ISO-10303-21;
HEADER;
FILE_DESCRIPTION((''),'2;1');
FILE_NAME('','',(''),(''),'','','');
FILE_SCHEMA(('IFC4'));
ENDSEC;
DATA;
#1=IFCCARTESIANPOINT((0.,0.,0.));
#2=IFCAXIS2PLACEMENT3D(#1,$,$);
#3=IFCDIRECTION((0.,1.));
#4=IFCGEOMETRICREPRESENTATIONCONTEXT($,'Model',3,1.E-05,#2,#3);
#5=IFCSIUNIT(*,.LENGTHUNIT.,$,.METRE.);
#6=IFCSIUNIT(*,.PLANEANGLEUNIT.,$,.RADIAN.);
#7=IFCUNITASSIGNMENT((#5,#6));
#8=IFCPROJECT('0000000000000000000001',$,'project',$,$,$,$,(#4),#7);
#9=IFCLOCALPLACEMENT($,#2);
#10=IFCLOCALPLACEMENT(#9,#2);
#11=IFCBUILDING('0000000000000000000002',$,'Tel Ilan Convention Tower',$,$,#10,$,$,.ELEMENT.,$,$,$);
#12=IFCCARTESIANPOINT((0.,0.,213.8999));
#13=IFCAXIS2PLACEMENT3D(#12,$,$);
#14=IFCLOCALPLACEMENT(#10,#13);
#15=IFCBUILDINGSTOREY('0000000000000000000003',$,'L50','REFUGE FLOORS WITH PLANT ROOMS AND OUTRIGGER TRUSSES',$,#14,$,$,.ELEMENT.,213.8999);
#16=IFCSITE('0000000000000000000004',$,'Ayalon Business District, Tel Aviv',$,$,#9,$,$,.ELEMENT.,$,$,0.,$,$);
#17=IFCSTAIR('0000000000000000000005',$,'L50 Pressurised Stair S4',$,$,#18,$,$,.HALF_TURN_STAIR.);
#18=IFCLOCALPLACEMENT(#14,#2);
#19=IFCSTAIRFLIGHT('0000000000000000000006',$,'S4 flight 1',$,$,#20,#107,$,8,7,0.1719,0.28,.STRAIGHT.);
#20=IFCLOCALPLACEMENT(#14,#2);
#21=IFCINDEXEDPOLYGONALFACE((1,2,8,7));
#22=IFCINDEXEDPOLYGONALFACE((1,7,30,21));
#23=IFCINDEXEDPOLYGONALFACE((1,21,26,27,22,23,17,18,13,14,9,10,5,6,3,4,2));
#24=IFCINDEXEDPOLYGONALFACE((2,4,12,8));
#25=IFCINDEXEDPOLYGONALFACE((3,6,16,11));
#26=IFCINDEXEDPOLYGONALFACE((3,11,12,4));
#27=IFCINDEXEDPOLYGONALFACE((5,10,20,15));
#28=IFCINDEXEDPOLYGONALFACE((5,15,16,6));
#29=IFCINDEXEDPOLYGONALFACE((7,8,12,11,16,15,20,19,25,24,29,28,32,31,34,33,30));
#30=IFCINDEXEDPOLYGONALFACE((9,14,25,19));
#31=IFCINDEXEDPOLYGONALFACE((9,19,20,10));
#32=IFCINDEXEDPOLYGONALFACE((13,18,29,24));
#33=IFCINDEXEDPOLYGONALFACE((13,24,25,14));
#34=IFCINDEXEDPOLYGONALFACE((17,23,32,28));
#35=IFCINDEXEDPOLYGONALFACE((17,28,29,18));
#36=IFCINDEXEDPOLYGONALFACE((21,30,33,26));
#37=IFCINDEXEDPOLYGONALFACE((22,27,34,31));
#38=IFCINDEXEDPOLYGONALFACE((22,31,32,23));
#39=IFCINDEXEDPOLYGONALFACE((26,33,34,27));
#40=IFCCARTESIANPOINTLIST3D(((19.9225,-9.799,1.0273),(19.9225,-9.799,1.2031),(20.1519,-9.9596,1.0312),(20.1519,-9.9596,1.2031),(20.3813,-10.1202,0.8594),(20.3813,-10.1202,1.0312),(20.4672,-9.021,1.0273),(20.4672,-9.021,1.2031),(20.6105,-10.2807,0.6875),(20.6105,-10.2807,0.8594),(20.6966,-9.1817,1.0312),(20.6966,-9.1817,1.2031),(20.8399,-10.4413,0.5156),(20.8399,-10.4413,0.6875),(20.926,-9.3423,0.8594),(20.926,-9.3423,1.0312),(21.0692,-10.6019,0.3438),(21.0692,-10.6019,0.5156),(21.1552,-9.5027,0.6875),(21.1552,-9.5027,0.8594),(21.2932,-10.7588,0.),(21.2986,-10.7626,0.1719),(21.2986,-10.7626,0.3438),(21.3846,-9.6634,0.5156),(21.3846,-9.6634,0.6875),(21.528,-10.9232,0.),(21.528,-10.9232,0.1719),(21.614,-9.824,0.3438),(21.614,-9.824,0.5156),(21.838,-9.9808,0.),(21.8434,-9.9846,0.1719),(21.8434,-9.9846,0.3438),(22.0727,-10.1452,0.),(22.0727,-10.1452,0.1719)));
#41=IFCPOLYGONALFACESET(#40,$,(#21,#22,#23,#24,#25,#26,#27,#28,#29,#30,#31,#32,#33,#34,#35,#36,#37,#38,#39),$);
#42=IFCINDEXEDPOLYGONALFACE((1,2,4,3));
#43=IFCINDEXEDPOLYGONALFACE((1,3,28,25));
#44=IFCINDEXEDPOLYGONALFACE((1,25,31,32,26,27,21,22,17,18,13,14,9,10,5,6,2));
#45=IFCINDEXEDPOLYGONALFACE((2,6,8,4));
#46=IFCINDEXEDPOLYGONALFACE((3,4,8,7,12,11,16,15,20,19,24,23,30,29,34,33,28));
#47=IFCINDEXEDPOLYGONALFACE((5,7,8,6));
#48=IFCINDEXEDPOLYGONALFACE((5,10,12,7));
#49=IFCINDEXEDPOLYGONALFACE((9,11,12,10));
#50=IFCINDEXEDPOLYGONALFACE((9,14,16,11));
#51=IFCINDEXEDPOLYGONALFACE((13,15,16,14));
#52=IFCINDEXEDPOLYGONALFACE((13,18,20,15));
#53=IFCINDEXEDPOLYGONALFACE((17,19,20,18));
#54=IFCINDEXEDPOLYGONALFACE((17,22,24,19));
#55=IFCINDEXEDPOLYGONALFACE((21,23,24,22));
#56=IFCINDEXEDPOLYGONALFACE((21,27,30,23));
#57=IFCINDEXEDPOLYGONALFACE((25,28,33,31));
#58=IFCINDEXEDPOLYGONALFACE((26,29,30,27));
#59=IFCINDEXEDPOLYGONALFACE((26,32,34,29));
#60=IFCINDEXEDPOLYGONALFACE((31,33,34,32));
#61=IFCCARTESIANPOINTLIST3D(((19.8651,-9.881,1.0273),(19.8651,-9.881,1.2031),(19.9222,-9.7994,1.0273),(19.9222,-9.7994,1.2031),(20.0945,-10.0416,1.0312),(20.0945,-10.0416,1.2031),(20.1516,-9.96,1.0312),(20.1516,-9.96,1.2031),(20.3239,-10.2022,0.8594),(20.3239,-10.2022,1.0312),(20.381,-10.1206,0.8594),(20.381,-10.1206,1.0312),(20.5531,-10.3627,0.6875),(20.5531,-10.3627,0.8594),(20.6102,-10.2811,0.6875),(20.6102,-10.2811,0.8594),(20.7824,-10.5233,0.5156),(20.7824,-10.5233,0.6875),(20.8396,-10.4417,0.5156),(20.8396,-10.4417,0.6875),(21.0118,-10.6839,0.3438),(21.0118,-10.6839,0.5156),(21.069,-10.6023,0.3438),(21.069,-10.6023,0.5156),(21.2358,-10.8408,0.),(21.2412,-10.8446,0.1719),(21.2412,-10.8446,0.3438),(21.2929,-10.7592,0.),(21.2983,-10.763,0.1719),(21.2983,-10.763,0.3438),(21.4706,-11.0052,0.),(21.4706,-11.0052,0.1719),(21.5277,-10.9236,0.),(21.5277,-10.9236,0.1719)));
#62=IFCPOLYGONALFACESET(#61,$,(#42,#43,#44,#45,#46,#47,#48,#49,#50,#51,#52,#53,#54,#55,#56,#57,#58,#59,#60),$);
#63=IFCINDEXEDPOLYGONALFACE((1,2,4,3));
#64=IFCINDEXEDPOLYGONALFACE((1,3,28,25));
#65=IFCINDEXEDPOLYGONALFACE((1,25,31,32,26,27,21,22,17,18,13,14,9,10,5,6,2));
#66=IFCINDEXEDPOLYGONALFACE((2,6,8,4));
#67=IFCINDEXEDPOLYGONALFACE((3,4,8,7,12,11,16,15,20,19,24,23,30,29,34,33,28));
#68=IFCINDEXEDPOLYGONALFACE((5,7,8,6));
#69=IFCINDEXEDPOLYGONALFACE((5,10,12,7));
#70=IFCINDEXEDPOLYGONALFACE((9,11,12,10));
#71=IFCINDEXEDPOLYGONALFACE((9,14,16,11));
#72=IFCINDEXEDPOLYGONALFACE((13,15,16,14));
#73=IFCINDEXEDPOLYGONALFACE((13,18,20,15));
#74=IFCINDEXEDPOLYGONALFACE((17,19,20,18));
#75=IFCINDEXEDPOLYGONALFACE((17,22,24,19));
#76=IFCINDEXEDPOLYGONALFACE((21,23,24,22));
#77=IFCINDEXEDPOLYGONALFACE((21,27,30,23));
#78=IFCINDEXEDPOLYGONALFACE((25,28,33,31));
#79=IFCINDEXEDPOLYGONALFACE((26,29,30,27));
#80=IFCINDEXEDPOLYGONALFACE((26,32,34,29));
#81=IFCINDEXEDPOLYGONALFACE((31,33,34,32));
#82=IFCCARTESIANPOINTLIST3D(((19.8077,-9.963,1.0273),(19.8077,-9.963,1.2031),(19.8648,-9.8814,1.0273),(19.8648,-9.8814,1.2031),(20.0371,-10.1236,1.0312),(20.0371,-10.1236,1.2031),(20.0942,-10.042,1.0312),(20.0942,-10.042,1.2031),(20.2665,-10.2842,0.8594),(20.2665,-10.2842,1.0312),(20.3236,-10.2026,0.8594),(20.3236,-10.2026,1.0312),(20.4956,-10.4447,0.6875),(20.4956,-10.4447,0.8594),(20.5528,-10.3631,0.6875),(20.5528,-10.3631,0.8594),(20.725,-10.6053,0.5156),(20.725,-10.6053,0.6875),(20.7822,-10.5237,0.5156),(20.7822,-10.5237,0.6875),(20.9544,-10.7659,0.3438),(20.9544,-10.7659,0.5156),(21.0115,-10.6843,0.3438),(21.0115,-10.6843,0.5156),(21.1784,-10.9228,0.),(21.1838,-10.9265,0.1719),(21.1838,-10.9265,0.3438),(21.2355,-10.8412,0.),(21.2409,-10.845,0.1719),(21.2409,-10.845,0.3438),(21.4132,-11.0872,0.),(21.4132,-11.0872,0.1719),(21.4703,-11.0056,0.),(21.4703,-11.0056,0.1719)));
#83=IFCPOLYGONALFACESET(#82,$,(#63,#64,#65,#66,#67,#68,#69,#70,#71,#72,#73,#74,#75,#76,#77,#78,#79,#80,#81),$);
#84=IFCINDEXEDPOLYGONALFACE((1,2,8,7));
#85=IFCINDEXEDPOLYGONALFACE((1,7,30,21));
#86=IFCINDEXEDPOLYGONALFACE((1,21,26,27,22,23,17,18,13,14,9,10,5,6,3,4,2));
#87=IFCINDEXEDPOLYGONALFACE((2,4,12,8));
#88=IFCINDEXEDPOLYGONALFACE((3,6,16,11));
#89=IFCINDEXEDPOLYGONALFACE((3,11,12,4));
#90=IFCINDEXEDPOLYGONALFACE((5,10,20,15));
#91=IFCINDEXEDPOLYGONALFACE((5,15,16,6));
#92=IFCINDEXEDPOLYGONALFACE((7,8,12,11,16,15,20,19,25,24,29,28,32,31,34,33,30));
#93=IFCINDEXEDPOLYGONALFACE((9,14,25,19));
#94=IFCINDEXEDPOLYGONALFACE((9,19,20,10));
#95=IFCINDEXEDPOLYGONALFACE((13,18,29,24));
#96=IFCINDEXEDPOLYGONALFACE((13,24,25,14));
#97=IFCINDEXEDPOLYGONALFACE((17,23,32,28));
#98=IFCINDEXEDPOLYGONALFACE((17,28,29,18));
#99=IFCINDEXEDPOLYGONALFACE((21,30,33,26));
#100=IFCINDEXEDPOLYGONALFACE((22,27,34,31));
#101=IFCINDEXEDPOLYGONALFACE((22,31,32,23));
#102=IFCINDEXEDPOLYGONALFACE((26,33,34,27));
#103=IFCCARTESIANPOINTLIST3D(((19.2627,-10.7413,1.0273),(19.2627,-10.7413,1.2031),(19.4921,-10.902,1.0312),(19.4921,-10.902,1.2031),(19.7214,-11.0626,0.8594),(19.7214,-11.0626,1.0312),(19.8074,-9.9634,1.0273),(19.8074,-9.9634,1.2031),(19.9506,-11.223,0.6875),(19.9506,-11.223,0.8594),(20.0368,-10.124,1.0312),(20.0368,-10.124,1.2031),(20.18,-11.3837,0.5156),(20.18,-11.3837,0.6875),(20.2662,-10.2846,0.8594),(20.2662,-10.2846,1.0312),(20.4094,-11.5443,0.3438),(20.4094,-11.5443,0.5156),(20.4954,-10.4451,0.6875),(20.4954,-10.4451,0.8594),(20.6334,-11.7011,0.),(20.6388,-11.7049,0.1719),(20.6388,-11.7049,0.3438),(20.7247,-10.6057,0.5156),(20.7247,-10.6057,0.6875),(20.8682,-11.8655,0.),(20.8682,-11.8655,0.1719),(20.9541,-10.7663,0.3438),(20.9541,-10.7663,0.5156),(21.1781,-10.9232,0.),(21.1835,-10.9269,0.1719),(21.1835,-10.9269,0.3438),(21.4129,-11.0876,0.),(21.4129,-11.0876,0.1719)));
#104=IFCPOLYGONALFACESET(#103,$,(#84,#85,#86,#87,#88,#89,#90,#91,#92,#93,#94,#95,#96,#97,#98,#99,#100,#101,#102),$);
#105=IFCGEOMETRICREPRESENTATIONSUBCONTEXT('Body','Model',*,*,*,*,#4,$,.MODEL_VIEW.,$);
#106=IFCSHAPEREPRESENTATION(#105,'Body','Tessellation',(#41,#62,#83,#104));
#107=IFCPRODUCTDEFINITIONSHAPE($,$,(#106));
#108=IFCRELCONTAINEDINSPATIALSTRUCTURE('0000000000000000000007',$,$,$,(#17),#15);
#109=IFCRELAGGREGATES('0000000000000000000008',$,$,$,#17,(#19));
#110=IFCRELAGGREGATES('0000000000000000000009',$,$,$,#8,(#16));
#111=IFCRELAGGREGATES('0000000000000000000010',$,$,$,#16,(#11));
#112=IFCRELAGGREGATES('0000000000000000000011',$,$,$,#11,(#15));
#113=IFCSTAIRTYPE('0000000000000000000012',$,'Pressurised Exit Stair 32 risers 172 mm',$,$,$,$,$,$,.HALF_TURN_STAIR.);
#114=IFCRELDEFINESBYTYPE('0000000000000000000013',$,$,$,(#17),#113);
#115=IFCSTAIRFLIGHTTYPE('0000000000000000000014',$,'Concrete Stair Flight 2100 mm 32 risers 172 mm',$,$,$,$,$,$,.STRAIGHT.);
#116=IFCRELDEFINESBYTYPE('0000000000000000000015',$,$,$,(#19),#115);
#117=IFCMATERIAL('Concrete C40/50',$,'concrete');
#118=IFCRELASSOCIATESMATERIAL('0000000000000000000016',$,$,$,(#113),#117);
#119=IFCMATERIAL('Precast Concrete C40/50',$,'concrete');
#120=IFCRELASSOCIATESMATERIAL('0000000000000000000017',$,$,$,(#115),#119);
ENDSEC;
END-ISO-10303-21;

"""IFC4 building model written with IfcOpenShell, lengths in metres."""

from ifc_helpers import new_model, si_unit, direction, frame, origin, place, context, subcontext, project, spatial, polyline, outline, extrude, material, type_object, element, aggregate, save


model = new_model("IFC4")

# Units and contexts
model_context = context("Model", 3, precision=1e-05, world=origin(), true_north=direction((0.0, 1.0)))
body_context = subcontext(model_context, "Body", "Model", "MODEL_VIEW")
ifc_project = project(units=[si_unit("LENGTHUNIT", "METRE"), si_unit("PLANEANGLEUNIT", "RADIAN")], contexts=[model_context])

# Site, building, storey
site_placement = place(None, origin())
site = spatial("IfcSite", under=ifc_project, at=site_placement, Name="Ayalon Business District, Tel Aviv", CompositionType="ELEMENT", RefElevation=0.0)
building_placement = place(site_placement, origin())
building = spatial("IfcBuilding", under=site, at=building_placement, Name="Tel Ilan Convention Tower", CompositionType="ELEMENT")
storey_placement = place(building_placement, frame((0.0, 0.0, 213.8999)))
storey = spatial("IfcBuildingStorey", under=building, at=storey_placement, Name="L50", Description="REFUGE FLOORS WITH PLANT ROOMS AND OUTRIGGER TRUSSES", CompositionType="ELEMENT", Elevation=213.8999)

# Stair, stair flight
ifc_material_1 = material(Name="Concrete C40/50", Category="concrete")
stair_type = type_object("IfcStairType", Name="Pressurised Exit Stair 32 risers 172 mm", PredefinedType="HALF_TURN_STAIR", material=ifc_material_1)
ifc_material_2 = material(Name="Precast Concrete C40/50", Category="concrete")
stair_flight_type = type_object("IfcStairFlightType", Name="Concrete Stair Flight 2100 mm 32 risers 172 mm", PredefinedType="STRAIGHT", material=ifc_material_2)
stair_1_placement = place(storey_placement, origin())
stair_1 = element("IfcStair", 1, at=stair_1_placement, inside=storey, type_object=stair_type, Name="L50 Pressurised Stair S4", PredefinedType="HALF_TURN_STAIR")
stair_flight_1_placement = place(storey_placement, frame((21.4705, -11.0054, 0.0), z_axis=(0.0, 0.0, 1.0), x_axis=(-0.819152, 0.573576, 0.0)))
stair_flight_1 = element("IfcStairFlight", 2, at=stair_flight_1_placement, type_object=stair_flight_type, Name="S4 flight 1", NumberOfRisers=8, NumberOfTreads=7, PredefinedType="STRAIGHT", RiserHeight=0.1719, TreadLength=0.28, context=body_context, shape_type="SweptSolid", body=[
    extrude(outline(polyline([(0.0, 0.0), (0.0, 0.1719), (0.28, 0.1719), (0.28, 0.3438), (0.5601, 0.3438), (0.5601, 0.5156), (0.8401, 0.5156), (0.8401, 0.6875), (1.1201, 0.6875), (1.1201, 0.8594), (1.3999, 0.8594), (1.3999, 1.0312), (1.6799, 1.0312), (1.6799, 1.2031), (1.96, 1.2031), (1.96, 1.375), (1.96, 1.0273), (0.2866, 0.0), (0.0, 0.0)])), frame((0.0, -0.1003, 0.0), z_axis=(0.0, -1.0, 0.0), x_axis=(1.0, 0.0, 0.0)), (0.0, 0.0, 1.0), 0.9497),
    extrude(outline(polyline([(0.0, 0.0), (0.0, 0.1719), (0.28, 0.1719), (0.28, 0.3438), (0.5601, 0.3438), (0.5601, 0.5156), (0.8401, 0.5156), (0.8401, 0.6875), (1.1201, 0.6875), (1.1201, 0.8594), (1.3999, 0.8594), (1.3999, 1.0312), (1.6799, 1.0312), (1.6799, 1.2031), (1.96, 1.2031), (1.96, 1.375), (1.96, 1.0273), (0.2866, 0.0), (0.0, 0.0)])), frame((0.0, -0.0002, 0.0), z_axis=(0.0, -1.0, 0.0), x_axis=(1.0, 0.0, 0.0)), (0.0, 0.0, 1.0), 0.0996),
    extrude(outline(polyline([(0.0, 0.0), (0.0, 0.1719), (0.28, 0.1719), (0.28, 0.3438), (0.5601, 0.3438), (0.5601, 0.5156), (0.8401, 0.5156), (0.8401, 0.6875), (1.1201, 0.6875), (1.1201, 0.8594), (1.3999, 0.8594), (1.3999, 1.0312), (1.6799, 1.0312), (1.6799, 1.2031), (1.96, 1.2031), (1.96, 1.375), (1.96, 1.0273), (0.2866, 0.0), (0.0, 0.0)])), frame((0.0, 0.0999, 0.0), z_axis=(0.0, -1.0, 0.0), x_axis=(1.0, 0.0, 0.0)), (0.0, 0.0, 1.0), 0.0996),
    extrude(outline(polyline([(0.0, 0.0), (0.0, 0.1719), (0.28, 0.1719), (0.28, 0.3438), (0.5601, 0.3438), (0.5601, 0.5156), (0.8401, 0.5156), (0.8401, 0.6875), (1.1201, 0.6875), (1.1201, 0.8594), (1.3999, 0.8594), (1.3999, 1.0312), (1.6799, 1.0312), (1.6799, 1.2031), (1.96, 1.2031), (1.96, 1.375), (1.96, 1.0273), (0.2866, 0.0), (0.0, 0.0)])), frame((0.0, 1.05, 0.0), z_axis=(0.0, -1.0, 0.0), x_axis=(1.0, 0.0, 0.0)), (0.0, 0.0, 1.0), 0.9497),
])
aggregate(stair_1, [stair_flight_1])

save(model, "model.ifc")
